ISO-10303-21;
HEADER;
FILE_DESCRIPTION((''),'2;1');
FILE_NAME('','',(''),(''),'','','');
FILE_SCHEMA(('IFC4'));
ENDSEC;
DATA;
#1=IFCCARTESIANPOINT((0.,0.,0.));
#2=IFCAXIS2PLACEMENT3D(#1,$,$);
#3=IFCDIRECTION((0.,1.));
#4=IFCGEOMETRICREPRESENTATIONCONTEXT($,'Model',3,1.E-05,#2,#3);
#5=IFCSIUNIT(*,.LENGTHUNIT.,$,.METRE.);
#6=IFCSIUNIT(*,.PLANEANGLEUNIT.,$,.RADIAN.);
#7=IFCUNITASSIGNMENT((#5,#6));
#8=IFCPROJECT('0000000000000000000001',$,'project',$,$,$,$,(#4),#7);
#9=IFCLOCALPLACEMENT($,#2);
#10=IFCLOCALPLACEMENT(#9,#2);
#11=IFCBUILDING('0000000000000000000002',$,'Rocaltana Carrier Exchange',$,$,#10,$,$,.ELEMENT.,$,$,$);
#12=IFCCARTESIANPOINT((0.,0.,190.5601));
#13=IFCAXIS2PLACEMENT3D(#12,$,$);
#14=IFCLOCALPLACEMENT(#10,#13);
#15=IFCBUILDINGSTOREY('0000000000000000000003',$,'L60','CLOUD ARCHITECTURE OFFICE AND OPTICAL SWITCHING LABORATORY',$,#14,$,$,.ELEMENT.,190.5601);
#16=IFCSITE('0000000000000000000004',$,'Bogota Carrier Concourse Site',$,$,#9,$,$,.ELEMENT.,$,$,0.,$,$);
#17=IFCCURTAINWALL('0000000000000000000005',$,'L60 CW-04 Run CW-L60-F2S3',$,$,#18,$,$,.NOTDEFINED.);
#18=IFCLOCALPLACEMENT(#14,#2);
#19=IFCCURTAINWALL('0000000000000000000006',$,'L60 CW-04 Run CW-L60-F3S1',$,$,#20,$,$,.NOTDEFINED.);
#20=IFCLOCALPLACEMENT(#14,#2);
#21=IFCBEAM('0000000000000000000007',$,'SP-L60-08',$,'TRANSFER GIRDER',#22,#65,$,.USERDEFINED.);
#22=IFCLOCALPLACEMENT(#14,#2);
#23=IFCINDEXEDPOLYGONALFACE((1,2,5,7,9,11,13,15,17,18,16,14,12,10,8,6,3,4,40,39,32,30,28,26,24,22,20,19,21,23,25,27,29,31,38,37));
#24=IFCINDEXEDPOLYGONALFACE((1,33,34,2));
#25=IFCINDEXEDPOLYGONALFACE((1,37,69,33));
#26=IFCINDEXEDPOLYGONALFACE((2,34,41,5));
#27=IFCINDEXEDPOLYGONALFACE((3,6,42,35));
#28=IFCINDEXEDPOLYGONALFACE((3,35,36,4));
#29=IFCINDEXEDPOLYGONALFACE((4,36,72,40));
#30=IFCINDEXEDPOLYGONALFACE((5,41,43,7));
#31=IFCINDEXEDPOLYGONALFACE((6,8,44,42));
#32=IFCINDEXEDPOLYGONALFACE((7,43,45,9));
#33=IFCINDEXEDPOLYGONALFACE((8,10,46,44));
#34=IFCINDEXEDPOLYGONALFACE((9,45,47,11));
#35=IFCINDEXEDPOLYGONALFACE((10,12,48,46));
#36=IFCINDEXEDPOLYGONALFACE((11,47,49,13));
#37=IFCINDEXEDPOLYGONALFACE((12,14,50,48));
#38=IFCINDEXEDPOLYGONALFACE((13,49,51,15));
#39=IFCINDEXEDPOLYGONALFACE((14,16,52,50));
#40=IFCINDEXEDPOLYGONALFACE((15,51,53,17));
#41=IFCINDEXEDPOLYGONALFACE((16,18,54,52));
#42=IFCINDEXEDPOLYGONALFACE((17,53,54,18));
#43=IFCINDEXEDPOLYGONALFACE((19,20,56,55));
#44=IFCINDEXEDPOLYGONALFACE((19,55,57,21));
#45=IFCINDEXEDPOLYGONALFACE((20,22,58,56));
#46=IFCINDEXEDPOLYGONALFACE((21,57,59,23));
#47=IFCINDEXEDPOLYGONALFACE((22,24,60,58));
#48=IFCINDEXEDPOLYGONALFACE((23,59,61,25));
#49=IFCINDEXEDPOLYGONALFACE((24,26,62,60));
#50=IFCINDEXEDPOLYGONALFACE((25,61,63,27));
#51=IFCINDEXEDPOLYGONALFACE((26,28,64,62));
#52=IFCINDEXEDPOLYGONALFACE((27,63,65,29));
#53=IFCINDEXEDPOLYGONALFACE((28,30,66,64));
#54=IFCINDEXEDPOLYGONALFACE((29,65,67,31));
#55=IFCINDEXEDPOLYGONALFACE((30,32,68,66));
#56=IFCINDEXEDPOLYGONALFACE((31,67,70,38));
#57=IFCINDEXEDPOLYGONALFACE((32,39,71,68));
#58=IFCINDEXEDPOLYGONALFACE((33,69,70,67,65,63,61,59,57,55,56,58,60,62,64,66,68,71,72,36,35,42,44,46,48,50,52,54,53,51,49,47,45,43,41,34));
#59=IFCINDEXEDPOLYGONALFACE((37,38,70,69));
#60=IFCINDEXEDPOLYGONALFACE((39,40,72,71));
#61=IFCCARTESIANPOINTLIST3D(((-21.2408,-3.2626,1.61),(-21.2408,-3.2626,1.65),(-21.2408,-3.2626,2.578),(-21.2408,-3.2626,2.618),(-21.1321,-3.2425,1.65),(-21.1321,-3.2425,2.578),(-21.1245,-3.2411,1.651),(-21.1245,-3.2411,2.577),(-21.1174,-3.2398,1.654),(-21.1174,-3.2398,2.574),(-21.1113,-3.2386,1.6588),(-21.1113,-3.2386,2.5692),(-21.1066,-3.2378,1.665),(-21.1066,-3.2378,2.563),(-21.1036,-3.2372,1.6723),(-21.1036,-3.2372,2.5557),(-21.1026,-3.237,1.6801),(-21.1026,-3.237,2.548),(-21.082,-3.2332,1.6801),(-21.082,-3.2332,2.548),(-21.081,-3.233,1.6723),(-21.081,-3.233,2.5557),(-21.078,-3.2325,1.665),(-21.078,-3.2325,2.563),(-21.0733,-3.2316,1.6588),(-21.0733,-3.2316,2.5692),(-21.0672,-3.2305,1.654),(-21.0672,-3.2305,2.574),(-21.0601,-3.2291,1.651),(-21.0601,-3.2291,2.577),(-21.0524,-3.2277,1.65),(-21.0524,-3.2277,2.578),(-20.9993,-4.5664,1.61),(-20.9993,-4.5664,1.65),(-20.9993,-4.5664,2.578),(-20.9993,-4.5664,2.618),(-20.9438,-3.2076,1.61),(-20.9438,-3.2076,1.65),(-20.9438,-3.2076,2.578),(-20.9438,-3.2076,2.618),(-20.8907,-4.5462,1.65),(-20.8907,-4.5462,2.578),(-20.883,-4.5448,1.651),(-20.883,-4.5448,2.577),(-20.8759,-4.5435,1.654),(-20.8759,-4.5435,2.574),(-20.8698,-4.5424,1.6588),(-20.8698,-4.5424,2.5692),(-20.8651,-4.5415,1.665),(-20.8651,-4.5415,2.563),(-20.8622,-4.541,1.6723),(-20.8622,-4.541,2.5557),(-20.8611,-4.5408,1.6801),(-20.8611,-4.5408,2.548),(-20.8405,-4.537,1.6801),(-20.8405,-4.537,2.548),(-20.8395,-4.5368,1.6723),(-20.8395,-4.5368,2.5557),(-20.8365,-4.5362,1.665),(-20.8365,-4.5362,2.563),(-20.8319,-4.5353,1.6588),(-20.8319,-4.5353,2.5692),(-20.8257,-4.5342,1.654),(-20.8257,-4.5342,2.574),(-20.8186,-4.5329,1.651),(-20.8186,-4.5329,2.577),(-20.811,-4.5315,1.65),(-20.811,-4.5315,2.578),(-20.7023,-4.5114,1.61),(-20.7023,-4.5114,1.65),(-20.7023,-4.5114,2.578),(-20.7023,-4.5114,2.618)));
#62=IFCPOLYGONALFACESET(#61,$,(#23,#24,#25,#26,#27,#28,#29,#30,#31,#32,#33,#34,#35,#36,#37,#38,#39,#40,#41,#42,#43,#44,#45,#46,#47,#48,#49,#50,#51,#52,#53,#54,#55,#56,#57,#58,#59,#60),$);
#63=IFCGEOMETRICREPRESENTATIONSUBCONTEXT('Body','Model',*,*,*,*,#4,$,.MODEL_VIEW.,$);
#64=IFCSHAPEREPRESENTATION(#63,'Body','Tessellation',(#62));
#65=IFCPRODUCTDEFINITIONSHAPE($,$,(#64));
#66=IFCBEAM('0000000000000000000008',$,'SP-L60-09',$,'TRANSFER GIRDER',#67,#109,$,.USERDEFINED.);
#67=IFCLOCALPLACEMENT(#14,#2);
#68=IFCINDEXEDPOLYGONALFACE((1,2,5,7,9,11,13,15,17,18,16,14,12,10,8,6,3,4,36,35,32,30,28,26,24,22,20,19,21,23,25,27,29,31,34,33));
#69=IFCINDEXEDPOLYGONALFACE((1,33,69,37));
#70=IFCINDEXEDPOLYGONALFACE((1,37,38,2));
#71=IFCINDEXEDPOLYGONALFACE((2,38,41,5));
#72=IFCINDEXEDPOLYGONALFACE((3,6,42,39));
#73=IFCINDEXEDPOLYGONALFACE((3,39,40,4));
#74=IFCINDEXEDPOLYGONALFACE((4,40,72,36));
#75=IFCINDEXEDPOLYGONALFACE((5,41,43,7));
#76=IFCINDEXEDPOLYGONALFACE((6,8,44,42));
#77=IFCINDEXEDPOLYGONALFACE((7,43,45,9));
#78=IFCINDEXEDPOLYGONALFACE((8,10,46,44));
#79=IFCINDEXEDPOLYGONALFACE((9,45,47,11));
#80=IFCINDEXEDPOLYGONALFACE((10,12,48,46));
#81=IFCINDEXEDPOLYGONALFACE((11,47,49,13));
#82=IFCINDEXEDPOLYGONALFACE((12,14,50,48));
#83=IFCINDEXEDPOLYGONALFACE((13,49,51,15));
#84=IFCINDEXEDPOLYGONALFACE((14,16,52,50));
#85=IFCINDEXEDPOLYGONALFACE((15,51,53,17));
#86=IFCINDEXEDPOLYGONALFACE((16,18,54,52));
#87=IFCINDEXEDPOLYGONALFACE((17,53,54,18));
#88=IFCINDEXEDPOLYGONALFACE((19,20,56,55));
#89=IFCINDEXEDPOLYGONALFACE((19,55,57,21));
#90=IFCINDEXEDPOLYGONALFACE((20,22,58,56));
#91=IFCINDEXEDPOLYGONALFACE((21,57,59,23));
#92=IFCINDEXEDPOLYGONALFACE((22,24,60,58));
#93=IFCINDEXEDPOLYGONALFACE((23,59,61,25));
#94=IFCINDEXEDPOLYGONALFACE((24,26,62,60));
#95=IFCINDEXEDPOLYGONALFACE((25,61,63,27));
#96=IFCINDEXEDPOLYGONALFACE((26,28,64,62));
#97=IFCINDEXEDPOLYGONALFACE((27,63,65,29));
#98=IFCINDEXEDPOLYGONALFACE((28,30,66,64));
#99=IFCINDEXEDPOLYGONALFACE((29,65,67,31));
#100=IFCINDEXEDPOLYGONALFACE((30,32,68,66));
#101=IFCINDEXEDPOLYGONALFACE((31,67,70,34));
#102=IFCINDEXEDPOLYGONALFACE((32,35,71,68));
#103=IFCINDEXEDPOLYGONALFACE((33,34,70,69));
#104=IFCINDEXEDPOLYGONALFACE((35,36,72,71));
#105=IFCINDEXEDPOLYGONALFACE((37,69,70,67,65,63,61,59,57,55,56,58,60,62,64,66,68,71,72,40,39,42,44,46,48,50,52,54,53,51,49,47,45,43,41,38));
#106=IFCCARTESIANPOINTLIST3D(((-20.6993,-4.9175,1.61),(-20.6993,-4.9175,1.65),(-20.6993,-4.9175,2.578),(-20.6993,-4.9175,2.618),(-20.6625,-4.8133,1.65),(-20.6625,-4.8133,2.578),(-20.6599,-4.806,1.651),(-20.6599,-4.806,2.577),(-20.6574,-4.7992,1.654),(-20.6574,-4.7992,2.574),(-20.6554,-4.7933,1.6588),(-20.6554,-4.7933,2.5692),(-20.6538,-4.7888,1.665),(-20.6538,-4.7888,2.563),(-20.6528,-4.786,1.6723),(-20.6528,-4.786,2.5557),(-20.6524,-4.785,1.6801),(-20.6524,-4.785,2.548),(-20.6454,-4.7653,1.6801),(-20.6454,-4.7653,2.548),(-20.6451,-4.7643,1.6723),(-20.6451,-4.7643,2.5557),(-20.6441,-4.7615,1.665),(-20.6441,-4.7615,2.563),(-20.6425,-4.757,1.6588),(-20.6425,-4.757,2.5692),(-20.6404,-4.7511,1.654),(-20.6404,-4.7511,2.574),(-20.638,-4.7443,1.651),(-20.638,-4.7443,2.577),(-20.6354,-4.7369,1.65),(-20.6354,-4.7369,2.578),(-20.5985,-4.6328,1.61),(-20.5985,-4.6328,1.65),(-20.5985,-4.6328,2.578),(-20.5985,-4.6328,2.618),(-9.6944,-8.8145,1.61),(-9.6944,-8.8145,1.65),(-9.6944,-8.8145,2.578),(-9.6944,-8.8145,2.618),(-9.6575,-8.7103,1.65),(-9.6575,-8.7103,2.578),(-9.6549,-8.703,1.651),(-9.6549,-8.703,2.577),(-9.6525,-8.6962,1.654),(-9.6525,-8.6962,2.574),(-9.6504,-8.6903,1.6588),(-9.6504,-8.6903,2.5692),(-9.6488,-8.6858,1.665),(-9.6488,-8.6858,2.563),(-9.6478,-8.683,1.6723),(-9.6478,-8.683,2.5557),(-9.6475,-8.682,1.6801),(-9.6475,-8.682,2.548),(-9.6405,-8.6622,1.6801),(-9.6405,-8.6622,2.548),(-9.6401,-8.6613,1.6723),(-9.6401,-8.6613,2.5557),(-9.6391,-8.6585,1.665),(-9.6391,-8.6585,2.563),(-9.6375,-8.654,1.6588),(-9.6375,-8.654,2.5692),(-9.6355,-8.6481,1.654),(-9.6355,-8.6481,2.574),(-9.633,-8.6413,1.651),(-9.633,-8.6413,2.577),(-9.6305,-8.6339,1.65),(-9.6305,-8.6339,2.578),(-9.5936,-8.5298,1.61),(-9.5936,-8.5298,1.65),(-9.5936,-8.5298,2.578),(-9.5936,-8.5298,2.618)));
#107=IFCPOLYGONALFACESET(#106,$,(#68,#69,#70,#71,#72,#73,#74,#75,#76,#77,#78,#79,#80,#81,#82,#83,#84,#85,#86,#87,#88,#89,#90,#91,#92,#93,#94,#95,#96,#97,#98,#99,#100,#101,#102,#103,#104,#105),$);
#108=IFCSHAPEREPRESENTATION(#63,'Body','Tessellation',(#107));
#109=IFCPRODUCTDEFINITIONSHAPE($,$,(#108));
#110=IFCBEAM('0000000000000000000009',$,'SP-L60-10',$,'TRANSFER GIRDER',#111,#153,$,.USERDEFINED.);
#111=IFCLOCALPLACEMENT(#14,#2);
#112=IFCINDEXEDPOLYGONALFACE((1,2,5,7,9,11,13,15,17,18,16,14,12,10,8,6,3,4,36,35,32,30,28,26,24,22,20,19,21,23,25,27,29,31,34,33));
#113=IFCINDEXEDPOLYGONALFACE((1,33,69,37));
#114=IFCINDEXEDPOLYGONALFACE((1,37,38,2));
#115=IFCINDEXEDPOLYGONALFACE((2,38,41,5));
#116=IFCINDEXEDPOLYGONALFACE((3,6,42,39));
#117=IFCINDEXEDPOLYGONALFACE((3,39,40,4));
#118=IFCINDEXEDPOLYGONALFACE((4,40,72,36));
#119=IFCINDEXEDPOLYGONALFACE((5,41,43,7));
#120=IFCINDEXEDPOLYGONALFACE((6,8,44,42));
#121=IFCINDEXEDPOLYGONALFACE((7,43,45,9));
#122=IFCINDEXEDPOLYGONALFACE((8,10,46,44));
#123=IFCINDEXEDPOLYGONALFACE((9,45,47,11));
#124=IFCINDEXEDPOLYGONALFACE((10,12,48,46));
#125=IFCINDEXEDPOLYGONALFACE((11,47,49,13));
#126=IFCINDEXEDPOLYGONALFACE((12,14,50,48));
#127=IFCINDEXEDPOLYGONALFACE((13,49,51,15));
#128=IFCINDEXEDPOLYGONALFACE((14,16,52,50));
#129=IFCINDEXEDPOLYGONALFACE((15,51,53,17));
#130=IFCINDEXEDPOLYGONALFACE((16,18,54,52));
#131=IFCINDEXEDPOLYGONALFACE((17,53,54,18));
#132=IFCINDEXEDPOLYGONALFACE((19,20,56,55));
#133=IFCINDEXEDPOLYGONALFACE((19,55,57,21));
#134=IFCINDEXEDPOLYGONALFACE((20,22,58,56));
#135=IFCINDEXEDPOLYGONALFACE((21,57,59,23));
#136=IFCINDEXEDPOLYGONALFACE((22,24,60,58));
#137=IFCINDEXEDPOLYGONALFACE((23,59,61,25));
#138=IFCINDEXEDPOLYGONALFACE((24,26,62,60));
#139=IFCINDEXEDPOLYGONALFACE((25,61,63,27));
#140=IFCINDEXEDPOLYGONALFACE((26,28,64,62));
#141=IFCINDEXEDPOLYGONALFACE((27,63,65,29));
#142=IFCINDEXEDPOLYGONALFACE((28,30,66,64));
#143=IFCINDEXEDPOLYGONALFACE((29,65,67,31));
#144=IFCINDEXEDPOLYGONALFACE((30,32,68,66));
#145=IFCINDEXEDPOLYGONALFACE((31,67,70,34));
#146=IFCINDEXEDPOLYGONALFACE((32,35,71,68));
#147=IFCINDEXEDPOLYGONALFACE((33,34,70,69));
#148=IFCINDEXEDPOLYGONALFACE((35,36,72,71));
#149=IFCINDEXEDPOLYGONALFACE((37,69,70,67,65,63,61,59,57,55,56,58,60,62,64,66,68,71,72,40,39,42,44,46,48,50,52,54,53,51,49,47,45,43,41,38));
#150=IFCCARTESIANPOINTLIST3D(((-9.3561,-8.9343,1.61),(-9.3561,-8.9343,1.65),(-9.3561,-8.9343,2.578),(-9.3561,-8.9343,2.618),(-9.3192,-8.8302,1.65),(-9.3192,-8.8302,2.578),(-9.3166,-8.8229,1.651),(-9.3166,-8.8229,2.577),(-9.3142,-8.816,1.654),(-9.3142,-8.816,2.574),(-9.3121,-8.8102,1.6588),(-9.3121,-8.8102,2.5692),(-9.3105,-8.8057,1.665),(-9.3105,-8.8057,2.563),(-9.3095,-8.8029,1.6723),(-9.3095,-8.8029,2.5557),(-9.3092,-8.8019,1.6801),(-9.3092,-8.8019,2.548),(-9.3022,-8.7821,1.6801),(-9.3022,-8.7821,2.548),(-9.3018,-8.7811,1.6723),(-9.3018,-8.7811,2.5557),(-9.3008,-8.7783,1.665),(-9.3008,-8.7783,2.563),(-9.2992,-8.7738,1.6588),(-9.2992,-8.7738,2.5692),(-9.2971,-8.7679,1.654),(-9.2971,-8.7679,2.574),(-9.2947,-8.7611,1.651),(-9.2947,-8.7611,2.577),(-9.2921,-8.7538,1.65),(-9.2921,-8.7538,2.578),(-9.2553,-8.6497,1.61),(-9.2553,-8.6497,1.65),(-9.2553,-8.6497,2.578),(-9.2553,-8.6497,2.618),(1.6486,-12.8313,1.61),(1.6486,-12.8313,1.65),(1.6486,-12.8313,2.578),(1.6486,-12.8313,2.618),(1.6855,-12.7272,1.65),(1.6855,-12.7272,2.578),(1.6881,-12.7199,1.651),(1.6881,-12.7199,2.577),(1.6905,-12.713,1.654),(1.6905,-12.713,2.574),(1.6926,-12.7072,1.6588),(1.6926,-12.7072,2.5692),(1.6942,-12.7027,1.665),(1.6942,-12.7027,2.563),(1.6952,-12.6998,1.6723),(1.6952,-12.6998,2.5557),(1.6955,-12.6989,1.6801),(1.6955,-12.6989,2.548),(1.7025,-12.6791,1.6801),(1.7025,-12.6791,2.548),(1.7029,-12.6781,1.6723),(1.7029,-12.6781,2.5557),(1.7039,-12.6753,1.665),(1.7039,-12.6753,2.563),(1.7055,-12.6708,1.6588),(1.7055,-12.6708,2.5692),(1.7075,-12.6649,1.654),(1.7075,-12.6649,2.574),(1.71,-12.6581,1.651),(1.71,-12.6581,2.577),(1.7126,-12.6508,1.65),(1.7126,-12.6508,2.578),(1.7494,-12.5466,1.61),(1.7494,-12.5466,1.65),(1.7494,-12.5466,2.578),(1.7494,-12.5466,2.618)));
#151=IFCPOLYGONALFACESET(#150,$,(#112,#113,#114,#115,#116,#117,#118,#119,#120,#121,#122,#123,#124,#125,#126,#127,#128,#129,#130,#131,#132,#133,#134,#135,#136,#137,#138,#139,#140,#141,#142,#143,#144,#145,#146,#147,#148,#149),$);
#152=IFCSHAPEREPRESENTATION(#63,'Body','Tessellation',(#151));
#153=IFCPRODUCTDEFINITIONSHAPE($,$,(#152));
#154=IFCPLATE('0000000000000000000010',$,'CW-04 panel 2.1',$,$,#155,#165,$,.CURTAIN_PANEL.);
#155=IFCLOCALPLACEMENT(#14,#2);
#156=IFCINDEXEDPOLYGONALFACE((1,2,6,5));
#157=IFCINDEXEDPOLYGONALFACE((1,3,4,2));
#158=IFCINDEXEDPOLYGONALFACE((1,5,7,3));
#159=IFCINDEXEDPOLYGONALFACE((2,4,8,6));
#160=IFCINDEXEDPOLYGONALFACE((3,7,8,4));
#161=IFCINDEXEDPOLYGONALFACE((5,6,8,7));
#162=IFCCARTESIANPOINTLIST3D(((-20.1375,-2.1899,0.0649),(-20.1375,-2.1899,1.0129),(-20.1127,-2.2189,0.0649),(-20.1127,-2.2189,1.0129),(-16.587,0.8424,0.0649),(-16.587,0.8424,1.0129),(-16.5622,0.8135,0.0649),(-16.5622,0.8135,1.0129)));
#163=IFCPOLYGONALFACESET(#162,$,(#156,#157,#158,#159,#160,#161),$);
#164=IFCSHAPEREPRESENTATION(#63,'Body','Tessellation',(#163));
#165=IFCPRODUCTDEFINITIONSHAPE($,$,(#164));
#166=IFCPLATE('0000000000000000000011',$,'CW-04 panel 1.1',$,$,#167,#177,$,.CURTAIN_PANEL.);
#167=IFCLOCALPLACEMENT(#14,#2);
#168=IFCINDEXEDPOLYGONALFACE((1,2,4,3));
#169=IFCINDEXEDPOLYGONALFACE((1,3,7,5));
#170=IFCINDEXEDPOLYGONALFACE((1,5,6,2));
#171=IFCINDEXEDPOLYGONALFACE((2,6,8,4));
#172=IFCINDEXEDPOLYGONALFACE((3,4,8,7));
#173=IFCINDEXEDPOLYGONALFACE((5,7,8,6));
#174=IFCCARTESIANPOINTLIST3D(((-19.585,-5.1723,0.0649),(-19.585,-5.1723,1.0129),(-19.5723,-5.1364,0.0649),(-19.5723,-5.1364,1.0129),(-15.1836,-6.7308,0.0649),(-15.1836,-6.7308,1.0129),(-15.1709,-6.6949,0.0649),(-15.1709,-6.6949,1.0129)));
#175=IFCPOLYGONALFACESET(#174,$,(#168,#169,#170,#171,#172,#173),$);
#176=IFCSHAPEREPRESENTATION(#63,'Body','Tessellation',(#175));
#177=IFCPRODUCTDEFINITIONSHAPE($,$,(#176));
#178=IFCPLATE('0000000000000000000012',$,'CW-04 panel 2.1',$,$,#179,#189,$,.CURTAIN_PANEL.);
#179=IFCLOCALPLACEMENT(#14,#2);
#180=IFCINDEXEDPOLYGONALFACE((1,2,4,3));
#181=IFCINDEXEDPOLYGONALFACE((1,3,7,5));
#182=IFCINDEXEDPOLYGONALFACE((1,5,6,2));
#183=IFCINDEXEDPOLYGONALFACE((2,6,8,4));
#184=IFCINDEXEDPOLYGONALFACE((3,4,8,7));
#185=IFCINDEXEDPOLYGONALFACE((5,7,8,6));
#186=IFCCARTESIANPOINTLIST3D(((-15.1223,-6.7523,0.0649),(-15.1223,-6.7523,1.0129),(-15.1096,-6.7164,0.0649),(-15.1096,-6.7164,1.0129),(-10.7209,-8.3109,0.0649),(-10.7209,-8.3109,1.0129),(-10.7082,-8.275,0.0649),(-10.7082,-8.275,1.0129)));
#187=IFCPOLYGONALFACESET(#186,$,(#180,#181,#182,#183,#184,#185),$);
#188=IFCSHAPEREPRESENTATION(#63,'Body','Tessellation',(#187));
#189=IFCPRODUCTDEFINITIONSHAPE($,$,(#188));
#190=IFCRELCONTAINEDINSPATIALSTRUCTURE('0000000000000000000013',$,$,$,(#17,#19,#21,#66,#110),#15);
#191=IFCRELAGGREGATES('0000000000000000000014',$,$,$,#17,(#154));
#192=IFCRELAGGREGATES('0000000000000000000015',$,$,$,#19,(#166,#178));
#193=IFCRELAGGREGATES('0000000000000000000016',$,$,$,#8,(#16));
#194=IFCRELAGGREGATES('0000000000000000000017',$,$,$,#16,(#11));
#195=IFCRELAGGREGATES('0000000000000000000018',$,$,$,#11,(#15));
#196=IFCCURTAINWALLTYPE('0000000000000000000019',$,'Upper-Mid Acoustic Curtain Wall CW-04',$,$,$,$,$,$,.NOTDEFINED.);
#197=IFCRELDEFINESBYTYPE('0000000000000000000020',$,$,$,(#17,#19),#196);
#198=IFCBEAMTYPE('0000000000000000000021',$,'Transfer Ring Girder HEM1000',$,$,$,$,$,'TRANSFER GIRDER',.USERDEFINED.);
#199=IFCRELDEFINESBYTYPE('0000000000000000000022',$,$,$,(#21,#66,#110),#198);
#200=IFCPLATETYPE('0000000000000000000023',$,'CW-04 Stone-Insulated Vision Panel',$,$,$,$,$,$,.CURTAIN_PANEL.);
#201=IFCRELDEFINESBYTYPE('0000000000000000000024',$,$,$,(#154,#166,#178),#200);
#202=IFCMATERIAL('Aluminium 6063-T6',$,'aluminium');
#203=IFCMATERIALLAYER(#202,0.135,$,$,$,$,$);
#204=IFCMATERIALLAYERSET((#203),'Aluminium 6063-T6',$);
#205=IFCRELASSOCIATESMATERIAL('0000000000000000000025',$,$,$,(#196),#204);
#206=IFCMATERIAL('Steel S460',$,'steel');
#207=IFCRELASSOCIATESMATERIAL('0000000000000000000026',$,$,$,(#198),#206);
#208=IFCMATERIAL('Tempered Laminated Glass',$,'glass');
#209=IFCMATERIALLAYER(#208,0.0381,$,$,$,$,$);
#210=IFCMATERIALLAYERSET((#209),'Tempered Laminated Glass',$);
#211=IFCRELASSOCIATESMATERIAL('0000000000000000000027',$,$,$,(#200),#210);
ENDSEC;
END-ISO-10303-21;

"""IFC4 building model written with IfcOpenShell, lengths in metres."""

from ifc_helpers import new_model, si_unit, direction, frame, origin, origin_2d, place, context, subcontext, project, spatial, rectangle, i_section, extrude, material, layer, layer_set, material_profile, profile_set, type_object, element, aggregate, save


model = new_model("IFC4")

# Units and contexts
model_context = context("Model", 3, precision=1e-05, world=origin(), true_north=direction((0.0, 1.0)))
body_context = subcontext(model_context, "Body", "Model", "MODEL_VIEW")
ifc_project = project(units=[si_unit("LENGTHUNIT", "METRE"), si_unit("PLANEANGLEUNIT", "RADIAN")], contexts=[model_context])

# Site, building, storey
site_placement = place(None, origin())
site = spatial("IfcSite", under=ifc_project, at=site_placement, Name="Bogota Carrier Concourse Site", CompositionType="ELEMENT", RefElevation=0.0)
building_placement = place(site_placement, origin())
building = spatial("IfcBuilding", under=site, at=building_placement, Name="Rocaltana Carrier Exchange", CompositionType="ELEMENT")
storey_placement = place(building_placement, frame((0.0, 0.0, 190.5601)))
storey = spatial("IfcBuildingStorey", under=building, at=storey_placement, Name="L60", Description="CLOUD ARCHITECTURE OFFICE AND OPTICAL SWITCHING LABORATORY", CompositionType="ELEMENT", Elevation=190.5601)

# Curtain wall
ifc_material_1 = material(Name="Aluminium 6063-T6", Category="aluminium")
ifc_layer_1 = layer(ifc_material_1, 0.135)
ifc_layer_set_1 = layer_set([ifc_layer_1], Name="Aluminium 6063-T6")
curtain_wall_type = type_object("IfcCurtainWallType", Name="Upper-Mid Acoustic Curtain Wall CW-04", PredefinedType="NOTDEFINED", material=ifc_layer_set_1)
curtain_wall_1_placement = place(storey_placement, origin())
curtain_wall_1 = element("IfcCurtainWall", 1, at=curtain_wall_1_placement, inside=storey, type_object=curtain_wall_type, Name="L60 CW-04 Run CW-L60-F2S3", PredefinedType="NOTDEFINED")

# Curtain wall
curtain_wall_2_placement = place(storey_placement, origin())
curtain_wall_2 = element("IfcCurtainWall", 2, at=curtain_wall_2_placement, inside=storey, type_object=curtain_wall_type, Name="L60 CW-04 Run CW-L60-F3S1", PredefinedType="NOTDEFINED")

# Beams
ifc_material_2 = material(Name="Steel S460", Category="steel")
ifc_material_profile_1 = material_profile(ifc_material_2, i_section(OverallWidth=0.302, OverallDepth=1.0081, WebThickness=0.021, FlangeThickness=0.04, FilletRadius=0.03, at=origin_2d()), Name="HEM1000")
ifc_profile_set_1 = profile_set([ifc_material_profile_1], Name="Steel S460")
beam_type_1 = type_object("IfcBeamType", Name="Transfer Ring Girder HEM1000", ElementType="TRANSFER GIRDER", PredefinedType="USERDEFINED", material=ifc_profile_set_1)
beam_1_placement = place(storey_placement, frame((-21.0923, -3.2351, 2.114), z_axis=(0.182109, -0.983278, 0.0), x_axis=(0.983278, 0.182109, 0.0)))
element("IfcBeam", 3, at=beam_1_placement, inside=storey, type_object=beam_type_1, Name="SP-L60-08", ObjectType="TRANSFER GIRDER", PredefinedType="USERDEFINED", context=body_context, shape_type="SweptSolid", body=[
    extrude(i_section(OverallWidth=0.302, OverallDepth=1.0081, WebThickness=0.021, FlangeThickness=0.04, FilletRadius=0.03, at=origin_2d()), origin(), (0.0, 0.0, 1.0), 1.3259),
])
beam_2_placement = place(storey_placement, frame((-20.6489, -4.7751, 2.114), z_axis=(0.942643, -0.333802, 0.0), x_axis=(0.333802, 0.942643, 0.0)))
element("IfcBeam", 4, at=beam_2_placement, inside=storey, type_object=beam_type_1, Name="SP-L60-09", ObjectType="TRANSFER GIRDER", PredefinedType="USERDEFINED", context=body_context, shape_type="SweptSolid", body=[
    extrude(i_section(OverallWidth=0.302, OverallDepth=1.0081, WebThickness=0.021, FlangeThickness=0.04, FilletRadius=0.03, at=origin_2d()), origin(), (0.0, 0.0, 1.0), 11.6746),
])
beam_3_placement = place(storey_placement, frame((-9.3057, -8.792, 2.114), z_axis=(0.942641, -0.333809, 0.0), x_axis=(0.333809, 0.942641, 0.0)))
element("IfcBeam", 5, at=beam_3_placement, inside=storey, type_object=beam_type_1, Name="SP-L60-10", ObjectType="TRANSFER GIRDER", PredefinedType="USERDEFINED", context=body_context, shape_type="SweptSolid", body=[
    extrude(i_section(OverallWidth=0.302, OverallDepth=1.0081, WebThickness=0.021, FlangeThickness=0.04, FilletRadius=0.03, at=origin_2d()), origin(), (0.0, 0.0, 1.0), 11.6743),
])

# Plates
ifc_material_3 = material(Name="Tempered Laminated Glass", Category="glass")
ifc_layer_2 = layer(ifc_material_3, 0.0381)
ifc_layer_set_2 = layer_set([ifc_layer_2], Name="Tempered Laminated Glass")
plate_type = type_object("IfcPlateType", Name="CW-04 Stone-Insulated Vision Panel", PredefinedType="CURTAIN_PANEL", material=ifc_layer_set_2)
plate_1_placement = place(storey_placement, frame((-18.3499, -0.6882, 0.0649), z_axis=(0.0, 0.0, 1.0), x_axis=(-0.760406, -0.649448, 0.0)))
plate_1 = element("IfcPlate", 6, at=plate_1_placement, type_object=plate_type, Name="CW-04 panel 2.1", PredefinedType="CURTAIN_PANEL", context=body_context, shape_type="SweptSolid", body=[
    extrude(rectangle(XDim=4.6692, YDim=0.0381, at=origin_2d()), origin(), (0.0, 0.0, 1.0), 0.948),
])
aggregate(curtain_wall_1, [plate_1])
plate_2_placement = place(storey_placement, frame((-17.3779, -5.9336, 0.0649), z_axis=(0.0, 0.0, 1.0), x_axis=(0.942646, -0.333795, 0.0)))
plate_2 = element("IfcPlate", 7, at=plate_2_placement, type_object=plate_type, Name="CW-04 panel 1.1", PredefinedType="CURTAIN_PANEL", context=body_context, shape_type="SweptSolid", body=[
    extrude(rectangle(XDim=4.6692, YDim=0.0381, at=origin_2d()), origin(), (0.0, 0.0, 1.0), 0.948),
])
plate_3_placement = place(storey_placement, frame((-12.9153, -7.5137, 0.0649), z_axis=(0.0, 0.0, 1.0), x_axis=(0.942646, -0.333795, 0.0)))
plate_3 = element("IfcPlate", 8, at=plate_3_placement, type_object=plate_type, Name="CW-04 panel 2.1", PredefinedType="CURTAIN_PANEL", context=body_context, shape_type="SweptSolid", body=[
    extrude(rectangle(XDim=4.6692, YDim=0.0381, at=origin_2d()), origin(), (0.0, 0.0, 1.0), 0.948),
])
aggregate(curtain_wall_2, [plate_2, plate_3])

save(model, "model.ifc")
